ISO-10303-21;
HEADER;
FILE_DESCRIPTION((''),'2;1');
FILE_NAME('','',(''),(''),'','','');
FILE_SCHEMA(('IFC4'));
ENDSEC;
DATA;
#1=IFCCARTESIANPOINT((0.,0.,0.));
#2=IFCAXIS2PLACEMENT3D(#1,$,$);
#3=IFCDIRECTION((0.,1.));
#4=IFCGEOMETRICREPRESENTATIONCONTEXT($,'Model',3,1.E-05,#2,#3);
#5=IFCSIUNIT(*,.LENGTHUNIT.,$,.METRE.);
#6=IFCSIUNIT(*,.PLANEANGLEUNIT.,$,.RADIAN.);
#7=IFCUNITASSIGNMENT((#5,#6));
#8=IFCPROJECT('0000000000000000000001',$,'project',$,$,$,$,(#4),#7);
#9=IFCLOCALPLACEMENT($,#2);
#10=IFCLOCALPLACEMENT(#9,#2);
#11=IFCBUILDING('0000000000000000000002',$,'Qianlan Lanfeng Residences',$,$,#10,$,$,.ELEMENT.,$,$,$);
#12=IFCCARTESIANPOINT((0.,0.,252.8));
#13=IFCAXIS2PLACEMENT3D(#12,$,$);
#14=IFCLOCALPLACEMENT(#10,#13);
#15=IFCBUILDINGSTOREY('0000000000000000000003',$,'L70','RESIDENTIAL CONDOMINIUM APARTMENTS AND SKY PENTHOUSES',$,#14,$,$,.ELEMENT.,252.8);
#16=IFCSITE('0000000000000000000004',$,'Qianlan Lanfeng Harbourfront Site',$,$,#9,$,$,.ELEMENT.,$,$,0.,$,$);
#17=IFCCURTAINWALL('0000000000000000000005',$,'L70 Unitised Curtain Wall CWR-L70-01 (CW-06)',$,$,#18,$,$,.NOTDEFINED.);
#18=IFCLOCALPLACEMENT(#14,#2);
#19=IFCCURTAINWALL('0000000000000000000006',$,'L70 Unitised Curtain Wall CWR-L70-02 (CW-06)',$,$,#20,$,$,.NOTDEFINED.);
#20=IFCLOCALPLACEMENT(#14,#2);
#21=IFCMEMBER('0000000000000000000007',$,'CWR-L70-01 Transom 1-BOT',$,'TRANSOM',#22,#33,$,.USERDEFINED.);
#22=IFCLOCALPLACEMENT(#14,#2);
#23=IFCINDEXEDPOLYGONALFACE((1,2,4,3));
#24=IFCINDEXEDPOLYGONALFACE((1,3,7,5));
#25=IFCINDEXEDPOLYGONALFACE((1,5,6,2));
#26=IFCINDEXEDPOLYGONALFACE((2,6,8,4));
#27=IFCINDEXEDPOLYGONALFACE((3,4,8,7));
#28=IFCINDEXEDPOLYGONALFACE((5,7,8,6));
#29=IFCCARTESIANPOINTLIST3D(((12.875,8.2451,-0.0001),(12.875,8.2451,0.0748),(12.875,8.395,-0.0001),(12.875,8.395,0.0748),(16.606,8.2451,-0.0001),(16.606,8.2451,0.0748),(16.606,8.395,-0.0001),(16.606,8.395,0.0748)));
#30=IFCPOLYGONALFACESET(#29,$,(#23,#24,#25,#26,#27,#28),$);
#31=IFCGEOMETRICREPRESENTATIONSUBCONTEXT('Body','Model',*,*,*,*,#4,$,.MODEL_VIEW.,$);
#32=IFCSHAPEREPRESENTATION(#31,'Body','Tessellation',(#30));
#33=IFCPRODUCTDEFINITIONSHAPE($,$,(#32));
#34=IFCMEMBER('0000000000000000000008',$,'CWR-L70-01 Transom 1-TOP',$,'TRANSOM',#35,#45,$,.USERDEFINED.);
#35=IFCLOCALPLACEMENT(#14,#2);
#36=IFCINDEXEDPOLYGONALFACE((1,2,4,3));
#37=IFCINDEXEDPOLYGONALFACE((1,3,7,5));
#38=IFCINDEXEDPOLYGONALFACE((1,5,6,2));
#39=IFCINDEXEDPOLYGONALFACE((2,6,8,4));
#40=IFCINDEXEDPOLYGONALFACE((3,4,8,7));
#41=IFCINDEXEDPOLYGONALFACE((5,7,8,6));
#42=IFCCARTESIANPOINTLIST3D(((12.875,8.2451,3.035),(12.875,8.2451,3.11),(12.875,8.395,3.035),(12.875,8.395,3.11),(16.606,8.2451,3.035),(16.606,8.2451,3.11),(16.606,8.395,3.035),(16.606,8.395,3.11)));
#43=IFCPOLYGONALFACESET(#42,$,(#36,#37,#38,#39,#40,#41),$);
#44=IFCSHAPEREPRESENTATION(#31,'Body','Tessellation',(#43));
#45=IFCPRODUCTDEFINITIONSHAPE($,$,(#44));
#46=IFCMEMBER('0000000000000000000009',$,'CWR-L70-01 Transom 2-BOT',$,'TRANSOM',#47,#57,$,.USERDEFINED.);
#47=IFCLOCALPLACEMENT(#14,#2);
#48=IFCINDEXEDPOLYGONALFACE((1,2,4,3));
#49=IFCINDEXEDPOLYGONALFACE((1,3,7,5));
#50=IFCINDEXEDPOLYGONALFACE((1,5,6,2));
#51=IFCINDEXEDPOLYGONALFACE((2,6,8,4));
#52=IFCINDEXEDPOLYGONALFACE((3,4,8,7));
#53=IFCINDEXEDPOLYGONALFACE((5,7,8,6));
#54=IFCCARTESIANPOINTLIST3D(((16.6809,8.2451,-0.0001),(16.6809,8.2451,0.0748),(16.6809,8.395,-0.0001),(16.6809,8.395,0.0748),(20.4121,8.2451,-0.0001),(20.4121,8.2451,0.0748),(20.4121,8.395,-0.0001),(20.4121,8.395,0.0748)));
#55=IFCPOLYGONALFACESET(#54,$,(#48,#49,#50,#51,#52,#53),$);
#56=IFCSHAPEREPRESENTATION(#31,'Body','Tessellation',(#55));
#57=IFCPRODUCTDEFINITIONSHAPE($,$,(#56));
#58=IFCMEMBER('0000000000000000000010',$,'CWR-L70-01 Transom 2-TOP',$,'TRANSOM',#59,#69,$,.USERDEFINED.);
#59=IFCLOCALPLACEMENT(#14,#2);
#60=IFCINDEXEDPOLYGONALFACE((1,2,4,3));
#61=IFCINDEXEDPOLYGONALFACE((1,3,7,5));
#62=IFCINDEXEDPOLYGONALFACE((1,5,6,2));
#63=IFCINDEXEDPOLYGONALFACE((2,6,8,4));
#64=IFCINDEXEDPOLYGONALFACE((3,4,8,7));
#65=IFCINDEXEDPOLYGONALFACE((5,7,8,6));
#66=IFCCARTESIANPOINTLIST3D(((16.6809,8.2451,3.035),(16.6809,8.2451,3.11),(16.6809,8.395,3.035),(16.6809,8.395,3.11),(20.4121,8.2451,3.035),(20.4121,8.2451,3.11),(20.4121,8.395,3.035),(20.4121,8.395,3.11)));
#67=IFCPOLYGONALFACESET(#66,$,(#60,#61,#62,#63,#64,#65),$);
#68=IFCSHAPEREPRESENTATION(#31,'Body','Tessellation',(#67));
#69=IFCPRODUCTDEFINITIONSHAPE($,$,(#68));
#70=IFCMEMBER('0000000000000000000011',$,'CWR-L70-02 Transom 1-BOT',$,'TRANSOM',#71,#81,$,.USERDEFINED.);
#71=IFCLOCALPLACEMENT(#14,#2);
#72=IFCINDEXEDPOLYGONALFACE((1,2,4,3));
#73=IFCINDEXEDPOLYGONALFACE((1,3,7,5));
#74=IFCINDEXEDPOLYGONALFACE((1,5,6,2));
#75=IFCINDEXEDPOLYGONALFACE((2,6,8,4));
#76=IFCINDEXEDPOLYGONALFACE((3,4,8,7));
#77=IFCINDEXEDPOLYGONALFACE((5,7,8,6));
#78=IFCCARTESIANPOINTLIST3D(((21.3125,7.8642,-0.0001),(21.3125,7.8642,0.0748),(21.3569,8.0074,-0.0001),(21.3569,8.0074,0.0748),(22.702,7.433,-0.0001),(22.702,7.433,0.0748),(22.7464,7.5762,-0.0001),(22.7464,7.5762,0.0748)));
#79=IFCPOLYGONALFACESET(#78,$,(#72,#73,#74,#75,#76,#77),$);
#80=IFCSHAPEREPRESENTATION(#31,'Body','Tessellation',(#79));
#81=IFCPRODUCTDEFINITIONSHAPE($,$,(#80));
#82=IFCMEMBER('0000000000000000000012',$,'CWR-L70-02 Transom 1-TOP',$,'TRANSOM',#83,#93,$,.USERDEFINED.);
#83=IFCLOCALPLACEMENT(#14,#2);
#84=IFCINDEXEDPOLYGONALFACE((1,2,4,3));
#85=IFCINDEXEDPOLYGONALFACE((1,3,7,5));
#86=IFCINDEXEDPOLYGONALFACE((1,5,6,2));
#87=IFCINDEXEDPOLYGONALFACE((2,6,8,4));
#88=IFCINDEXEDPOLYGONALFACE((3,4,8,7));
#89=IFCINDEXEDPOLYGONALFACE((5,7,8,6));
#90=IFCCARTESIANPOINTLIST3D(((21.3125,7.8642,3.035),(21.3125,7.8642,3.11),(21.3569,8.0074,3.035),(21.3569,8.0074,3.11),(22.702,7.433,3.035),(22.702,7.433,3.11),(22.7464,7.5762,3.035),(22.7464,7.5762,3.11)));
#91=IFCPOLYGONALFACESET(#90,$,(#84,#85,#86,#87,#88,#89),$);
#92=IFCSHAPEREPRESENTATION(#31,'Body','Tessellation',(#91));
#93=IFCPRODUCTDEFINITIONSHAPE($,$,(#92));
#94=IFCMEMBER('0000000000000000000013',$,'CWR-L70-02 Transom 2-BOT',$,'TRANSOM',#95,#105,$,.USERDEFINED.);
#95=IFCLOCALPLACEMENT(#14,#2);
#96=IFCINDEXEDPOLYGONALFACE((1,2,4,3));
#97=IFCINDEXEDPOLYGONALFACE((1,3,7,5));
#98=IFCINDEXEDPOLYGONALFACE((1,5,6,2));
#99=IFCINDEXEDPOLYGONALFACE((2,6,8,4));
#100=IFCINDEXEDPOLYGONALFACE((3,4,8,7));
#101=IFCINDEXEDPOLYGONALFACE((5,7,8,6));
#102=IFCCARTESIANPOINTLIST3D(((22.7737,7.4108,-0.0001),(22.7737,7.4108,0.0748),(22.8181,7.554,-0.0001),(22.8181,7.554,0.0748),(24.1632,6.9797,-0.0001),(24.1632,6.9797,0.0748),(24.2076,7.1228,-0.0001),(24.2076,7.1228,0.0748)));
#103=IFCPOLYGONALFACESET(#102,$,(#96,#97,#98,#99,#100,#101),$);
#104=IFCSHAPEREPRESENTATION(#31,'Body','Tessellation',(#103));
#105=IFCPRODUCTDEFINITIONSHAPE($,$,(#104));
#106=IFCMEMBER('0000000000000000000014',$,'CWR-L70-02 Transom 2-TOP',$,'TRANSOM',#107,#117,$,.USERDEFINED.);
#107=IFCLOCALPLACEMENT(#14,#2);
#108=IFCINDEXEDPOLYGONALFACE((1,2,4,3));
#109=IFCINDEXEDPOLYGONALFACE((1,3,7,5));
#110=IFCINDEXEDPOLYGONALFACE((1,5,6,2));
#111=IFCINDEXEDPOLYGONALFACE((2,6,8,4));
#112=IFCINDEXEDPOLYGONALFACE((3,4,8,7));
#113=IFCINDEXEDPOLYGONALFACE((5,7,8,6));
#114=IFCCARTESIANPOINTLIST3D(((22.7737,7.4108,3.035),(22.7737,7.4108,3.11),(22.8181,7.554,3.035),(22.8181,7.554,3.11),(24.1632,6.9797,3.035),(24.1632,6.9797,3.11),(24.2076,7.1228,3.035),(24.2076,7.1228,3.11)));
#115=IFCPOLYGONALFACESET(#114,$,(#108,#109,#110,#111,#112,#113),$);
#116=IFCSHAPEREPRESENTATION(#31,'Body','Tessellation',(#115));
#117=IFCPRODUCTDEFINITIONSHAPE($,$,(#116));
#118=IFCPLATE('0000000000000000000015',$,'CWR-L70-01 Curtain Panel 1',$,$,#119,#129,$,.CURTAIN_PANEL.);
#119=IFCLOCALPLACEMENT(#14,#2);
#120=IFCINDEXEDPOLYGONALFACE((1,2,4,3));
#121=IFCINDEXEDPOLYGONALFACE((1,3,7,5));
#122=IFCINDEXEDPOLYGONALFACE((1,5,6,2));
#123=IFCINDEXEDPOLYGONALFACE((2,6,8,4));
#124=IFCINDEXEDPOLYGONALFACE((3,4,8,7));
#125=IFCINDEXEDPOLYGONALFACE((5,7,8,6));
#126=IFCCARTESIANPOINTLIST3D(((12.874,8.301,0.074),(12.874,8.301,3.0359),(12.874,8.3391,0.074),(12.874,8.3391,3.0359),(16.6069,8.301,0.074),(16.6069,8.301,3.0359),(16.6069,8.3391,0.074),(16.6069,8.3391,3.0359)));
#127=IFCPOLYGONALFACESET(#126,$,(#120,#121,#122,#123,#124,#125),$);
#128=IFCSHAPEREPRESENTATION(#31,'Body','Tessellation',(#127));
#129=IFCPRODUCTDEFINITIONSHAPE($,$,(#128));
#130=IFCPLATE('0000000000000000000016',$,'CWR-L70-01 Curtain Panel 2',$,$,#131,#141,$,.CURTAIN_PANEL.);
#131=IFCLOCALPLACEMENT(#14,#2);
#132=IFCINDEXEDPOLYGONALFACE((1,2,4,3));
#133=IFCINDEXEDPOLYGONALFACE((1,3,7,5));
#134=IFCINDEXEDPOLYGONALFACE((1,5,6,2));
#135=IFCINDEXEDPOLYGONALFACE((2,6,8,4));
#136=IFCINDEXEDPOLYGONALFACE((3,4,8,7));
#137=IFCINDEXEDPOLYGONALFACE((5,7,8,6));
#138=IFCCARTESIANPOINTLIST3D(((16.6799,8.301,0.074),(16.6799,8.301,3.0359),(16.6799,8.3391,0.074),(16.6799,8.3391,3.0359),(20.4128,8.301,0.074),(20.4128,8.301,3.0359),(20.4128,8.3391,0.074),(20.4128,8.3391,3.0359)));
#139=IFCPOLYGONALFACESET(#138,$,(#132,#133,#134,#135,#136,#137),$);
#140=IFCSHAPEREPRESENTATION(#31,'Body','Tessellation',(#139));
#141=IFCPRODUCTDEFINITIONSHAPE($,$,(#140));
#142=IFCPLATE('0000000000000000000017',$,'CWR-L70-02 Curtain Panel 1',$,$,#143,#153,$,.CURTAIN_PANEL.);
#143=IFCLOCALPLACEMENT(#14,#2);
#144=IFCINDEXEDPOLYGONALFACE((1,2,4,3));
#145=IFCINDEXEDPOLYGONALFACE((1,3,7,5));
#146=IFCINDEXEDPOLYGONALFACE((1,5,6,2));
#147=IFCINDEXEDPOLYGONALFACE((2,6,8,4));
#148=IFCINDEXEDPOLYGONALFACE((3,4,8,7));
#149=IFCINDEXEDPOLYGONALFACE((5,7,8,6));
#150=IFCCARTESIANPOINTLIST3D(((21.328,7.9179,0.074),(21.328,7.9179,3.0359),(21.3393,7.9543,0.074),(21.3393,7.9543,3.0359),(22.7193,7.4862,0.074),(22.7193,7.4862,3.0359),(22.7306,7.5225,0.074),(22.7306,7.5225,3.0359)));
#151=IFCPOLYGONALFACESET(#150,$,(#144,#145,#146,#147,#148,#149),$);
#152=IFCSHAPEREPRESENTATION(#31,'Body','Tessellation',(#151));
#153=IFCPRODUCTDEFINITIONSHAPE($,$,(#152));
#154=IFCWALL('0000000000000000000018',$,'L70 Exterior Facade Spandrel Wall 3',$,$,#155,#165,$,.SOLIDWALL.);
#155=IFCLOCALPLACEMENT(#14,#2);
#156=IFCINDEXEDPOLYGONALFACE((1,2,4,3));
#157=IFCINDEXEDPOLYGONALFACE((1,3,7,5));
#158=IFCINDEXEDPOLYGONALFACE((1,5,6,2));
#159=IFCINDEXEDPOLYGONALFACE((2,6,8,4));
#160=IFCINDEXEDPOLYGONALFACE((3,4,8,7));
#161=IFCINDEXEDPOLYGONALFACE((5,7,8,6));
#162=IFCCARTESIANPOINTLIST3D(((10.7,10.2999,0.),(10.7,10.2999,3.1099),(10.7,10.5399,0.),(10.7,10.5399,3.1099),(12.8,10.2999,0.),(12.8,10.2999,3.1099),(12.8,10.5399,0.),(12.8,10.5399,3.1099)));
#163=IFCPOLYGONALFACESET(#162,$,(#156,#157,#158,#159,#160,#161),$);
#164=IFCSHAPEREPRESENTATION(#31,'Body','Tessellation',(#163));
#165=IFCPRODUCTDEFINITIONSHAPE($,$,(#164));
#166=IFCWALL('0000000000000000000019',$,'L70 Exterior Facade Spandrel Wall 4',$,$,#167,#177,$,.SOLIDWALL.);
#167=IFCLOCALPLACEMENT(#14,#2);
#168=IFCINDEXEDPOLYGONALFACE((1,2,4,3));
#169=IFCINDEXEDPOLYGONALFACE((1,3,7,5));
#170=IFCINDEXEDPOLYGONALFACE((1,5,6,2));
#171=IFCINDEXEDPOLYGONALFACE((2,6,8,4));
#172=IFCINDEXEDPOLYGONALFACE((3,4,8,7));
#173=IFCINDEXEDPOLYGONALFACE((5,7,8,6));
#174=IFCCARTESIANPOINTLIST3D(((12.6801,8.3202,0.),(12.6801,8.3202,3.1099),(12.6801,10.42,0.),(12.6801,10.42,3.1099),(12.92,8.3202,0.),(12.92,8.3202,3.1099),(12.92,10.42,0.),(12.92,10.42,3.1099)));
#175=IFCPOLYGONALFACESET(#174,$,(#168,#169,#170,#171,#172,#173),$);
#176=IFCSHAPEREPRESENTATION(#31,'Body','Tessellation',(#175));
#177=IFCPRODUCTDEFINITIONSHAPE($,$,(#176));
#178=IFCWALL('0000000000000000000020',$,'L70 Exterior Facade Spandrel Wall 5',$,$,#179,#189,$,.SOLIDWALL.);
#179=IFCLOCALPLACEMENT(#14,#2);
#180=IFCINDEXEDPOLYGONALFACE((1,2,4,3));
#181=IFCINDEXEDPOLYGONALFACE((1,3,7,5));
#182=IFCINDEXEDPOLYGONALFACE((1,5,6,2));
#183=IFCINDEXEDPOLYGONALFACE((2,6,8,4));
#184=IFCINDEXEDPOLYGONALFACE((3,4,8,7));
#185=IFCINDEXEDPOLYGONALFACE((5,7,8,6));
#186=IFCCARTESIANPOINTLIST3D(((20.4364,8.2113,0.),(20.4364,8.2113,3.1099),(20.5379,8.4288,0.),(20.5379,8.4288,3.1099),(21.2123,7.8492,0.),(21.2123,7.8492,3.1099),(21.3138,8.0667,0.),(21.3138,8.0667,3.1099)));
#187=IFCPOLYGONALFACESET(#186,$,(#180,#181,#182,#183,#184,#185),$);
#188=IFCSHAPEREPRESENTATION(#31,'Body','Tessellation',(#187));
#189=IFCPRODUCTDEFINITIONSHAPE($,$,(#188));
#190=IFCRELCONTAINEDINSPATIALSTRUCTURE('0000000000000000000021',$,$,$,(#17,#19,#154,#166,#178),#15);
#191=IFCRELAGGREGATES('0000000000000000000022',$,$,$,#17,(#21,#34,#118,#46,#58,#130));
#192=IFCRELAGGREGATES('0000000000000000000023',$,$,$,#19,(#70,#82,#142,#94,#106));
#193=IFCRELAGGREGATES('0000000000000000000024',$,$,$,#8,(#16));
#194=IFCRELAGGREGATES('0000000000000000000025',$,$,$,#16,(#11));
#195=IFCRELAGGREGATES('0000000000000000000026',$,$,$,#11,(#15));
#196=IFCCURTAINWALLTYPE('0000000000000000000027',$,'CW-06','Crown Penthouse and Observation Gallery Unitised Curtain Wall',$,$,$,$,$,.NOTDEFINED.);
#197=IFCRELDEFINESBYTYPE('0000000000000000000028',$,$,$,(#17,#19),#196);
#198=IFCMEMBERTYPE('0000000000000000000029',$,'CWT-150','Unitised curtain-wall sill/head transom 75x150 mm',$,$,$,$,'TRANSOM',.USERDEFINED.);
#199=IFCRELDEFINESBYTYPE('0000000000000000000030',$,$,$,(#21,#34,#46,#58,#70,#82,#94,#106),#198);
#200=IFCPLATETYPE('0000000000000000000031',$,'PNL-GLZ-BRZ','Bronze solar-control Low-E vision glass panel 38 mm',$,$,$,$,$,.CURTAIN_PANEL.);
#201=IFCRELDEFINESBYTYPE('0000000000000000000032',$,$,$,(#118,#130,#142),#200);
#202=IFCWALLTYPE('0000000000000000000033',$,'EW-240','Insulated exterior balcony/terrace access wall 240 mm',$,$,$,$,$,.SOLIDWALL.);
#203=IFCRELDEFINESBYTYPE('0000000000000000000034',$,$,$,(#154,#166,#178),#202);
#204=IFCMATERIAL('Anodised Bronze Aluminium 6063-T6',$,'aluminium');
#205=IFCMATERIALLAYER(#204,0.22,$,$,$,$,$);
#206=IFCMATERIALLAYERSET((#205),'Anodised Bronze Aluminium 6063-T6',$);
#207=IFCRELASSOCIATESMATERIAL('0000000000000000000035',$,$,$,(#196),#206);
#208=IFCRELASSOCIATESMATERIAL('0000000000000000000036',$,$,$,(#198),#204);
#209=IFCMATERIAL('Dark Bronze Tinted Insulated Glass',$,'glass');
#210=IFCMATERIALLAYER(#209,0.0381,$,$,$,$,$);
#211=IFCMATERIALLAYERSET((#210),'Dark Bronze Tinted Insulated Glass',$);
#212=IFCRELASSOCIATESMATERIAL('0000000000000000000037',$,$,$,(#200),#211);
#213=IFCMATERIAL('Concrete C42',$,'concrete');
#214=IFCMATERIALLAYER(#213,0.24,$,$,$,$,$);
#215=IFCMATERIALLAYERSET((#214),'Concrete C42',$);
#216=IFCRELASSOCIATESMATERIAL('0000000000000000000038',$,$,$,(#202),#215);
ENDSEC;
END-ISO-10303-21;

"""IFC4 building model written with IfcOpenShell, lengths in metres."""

from ifc_helpers import new_model, si_unit, direction, frame, frame_2d, origin, origin_2d, place, context, subcontext, project, spatial, rectangle, extrude, source, transform, mapped, material, layer, layer_set, material_profile, profile_set, type_object, element, aggregate, save


model = new_model("IFC4")

# Units and contexts
model_context = context("Model", 3, precision=1e-05, world=origin(), true_north=direction((0.0, 1.0)))
body_context = subcontext(model_context, "Body", "Model", "MODEL_VIEW")
ifc_project = project(units=[si_unit("LENGTHUNIT", "METRE"), si_unit("PLANEANGLEUNIT", "RADIAN")], contexts=[model_context])

# Site, building, storey
site_placement = place(None, origin())
site = spatial("IfcSite", under=ifc_project, at=site_placement, Name="Qianlan Lanfeng Harbourfront Site", CompositionType="ELEMENT", RefElevation=0.0)
building_placement = place(site_placement, origin())
building = spatial("IfcBuilding", under=site, at=building_placement, Name="Qianlan Lanfeng Residences", CompositionType="ELEMENT")
storey_placement = place(building_placement, frame((0.0, 0.0, 252.8)))
storey = spatial("IfcBuildingStorey", under=building, at=storey_placement, Name="L70", Description="RESIDENTIAL CONDOMINIUM APARTMENTS AND SKY PENTHOUSES", CompositionType="ELEMENT", Elevation=252.8)

# Curtain walls
ifc_material_1 = material(Name="Anodised Bronze Aluminium 6063-T6", Category="aluminium")
ifc_layer_1 = layer(ifc_material_1, 0.22)
ifc_layer_set_1 = layer_set([ifc_layer_1], Name="Anodised Bronze Aluminium 6063-T6")
curtain_wall_type = type_object("IfcCurtainWallType", Name="CW-06", Description="Crown Penthouse and Observation Gallery Unitised Curtain Wall", PredefinedType="NOTDEFINED", material=ifc_layer_set_1)
curtain_wall_1_placement = place(storey_placement, origin())
curtain_wall_1 = element("IfcCurtainWall", 1, at=curtain_wall_1_placement, inside=storey, type_object=curtain_wall_type, Name="L70 Unitised Curtain Wall CWR-L70-01 (CW-06)", PredefinedType="NOTDEFINED")
curtain_wall_2_placement = place(storey_placement, origin())
curtain_wall_2 = element("IfcCurtainWall", 2, at=curtain_wall_2_placement, inside=storey, type_object=curtain_wall_type, Name="L70 Unitised Curtain Wall CWR-L70-02 (CW-06)", PredefinedType="NOTDEFINED")

# Members
ifc_material_profile_1 = material_profile(ifc_material_1, rectangle(XDim=0.075, YDim=0.1499, at=origin_2d()), Name="ALU TRANSOM 75x150")
ifc_profile_set_1 = profile_set([ifc_material_profile_1], Name="Anodised Bronze Aluminium 6063-T6")
member_type_1 = type_object("IfcMemberType", Name="CWT-150", Description="Unitised curtain-wall sill/head transom 75x150 mm", ElementType="TRANSOM", PredefinedType="USERDEFINED", material=ifc_profile_set_1)
shared_shape_1 = source(origin(), body_context, "Body", "SweptSolid", [
    extrude(rectangle(XDim=0.075, YDim=0.1499, at=origin_2d()), origin(), (0.0, 0.0, 1.0), 3.731),
])
member_1_placement = place(storey_placement, frame((12.875, 8.3201, 0.0374), z_axis=(1.0, 0.0, 0.0), x_axis=(0.0, 0.0, 1.0)))
member_1 = element("IfcMember", 3, at=member_1_placement, type_object=member_type_1, Name="CWR-L70-01 Transom 1-BOT", ObjectType="TRANSOM", PredefinedType="USERDEFINED", context=body_context, shape_type="MappedRepresentation", body=[
    mapped(shared_shape_1, transform((0.0, 0.0, 0.0), scale=1.0)),
])
member_2_placement = place(storey_placement, frame((12.875, 8.3201, 3.0725), z_axis=(1.0, 0.0, 0.0), x_axis=(0.0, 0.0, 1.0)))
member_2 = element("IfcMember", 4, at=member_2_placement, type_object=member_type_1, Name="CWR-L70-01 Transom 1-TOP", ObjectType="TRANSOM", PredefinedType="USERDEFINED", context=body_context, shape_type="MappedRepresentation", body=[
    mapped(shared_shape_1, transform((0.0, 0.0, 0.0), scale=1.0)),
])
shared_shape_2 = source(origin(), body_context, "Body", "SweptSolid", [
    extrude(rectangle(XDim=0.075, YDim=0.1499, at=origin_2d()), origin(), (0.0, 0.0, 1.0), 3.7312),
])
member_3_placement = place(storey_placement, frame((16.6809, 8.3201, 0.0374), z_axis=(1.0, 0.0, 0.0), x_axis=(0.0, 0.0, 1.0)))
member_3 = element("IfcMember", 5, at=member_3_placement, type_object=member_type_1, Name="CWR-L70-01 Transom 2-BOT", ObjectType="TRANSOM", PredefinedType="USERDEFINED", context=body_context, shape_type="MappedRepresentation", body=[
    mapped(shared_shape_2, transform((0.0, 0.0, 0.0), scale=1.0)),
])
member_4_placement = place(storey_placement, frame((16.6809, 8.3201, 3.0725), z_axis=(1.0, 0.0, 0.0), x_axis=(0.0, 0.0, 1.0)))
member_4 = element("IfcMember", 6, at=member_4_placement, type_object=member_type_1, Name="CWR-L70-01 Transom 2-TOP", ObjectType="TRANSOM", PredefinedType="USERDEFINED", context=body_context, shape_type="MappedRepresentation", body=[
    mapped(shared_shape_2, transform((0.0, 0.0, 0.0), scale=1.0)),
])
shared_shape_3 = source(origin(), body_context, "Body", "SweptSolid", [
    extrude(rectangle(XDim=0.075, YDim=0.1499, at=origin_2d()), origin(), (0.0, 0.0, 1.0), 1.4548),
])
member_5_placement = place(storey_placement, frame((21.3347, 7.9358, 0.0374), z_axis=(0.955072, -0.296373, 0.0), x_axis=(0.0, 0.0, 1.0)))
member_5 = element("IfcMember", 7, at=member_5_placement, type_object=member_type_1, Name="CWR-L70-02 Transom 1-BOT", ObjectType="TRANSOM", PredefinedType="USERDEFINED", context=body_context, shape_type="MappedRepresentation", body=[
    mapped(shared_shape_3, transform((0.0, 0.0, 0.0), scale=1.0)),
])
member_6_placement = place(storey_placement, frame((21.3347, 7.9358, 3.0725), z_axis=(0.955072, -0.296373, 0.0), x_axis=(0.0, 0.0, 1.0)))
member_6 = element("IfcMember", 8, at=member_6_placement, type_object=member_type_1, Name="CWR-L70-02 Transom 1-TOP", ObjectType="TRANSOM", PredefinedType="USERDEFINED", context=body_context, shape_type="MappedRepresentation", body=[
    mapped(shared_shape_3, transform((0.0, 0.0, 0.0), scale=1.0)),
])
member_7_placement = place(storey_placement, frame((22.7959, 7.4824, 0.0374), z_axis=(0.955072, -0.296373, 0.0), x_axis=(0.0, 0.0, 1.0)))
member_7 = element("IfcMember", 9, at=member_7_placement, type_object=member_type_1, Name="CWR-L70-02 Transom 2-BOT", ObjectType="TRANSOM", PredefinedType="USERDEFINED", context=body_context, shape_type="MappedRepresentation", body=[
    mapped(shared_shape_3, transform((0.0, 0.0, 0.0), scale=1.0)),
])
member_8_placement = place(storey_placement, frame((22.7959, 7.4824, 3.0725), z_axis=(0.955072, -0.296373, 0.0), x_axis=(0.0, 0.0, 1.0)))
member_8 = element("IfcMember", 10, at=member_8_placement, type_object=member_type_1, Name="CWR-L70-02 Transom 2-TOP", ObjectType="TRANSOM", PredefinedType="USERDEFINED", context=body_context, shape_type="MappedRepresentation", body=[
    mapped(shared_shape_3, transform((0.0, 0.0, 0.0), scale=1.0)),
])

# Plates
ifc_material_2 = material(Name="Dark Bronze Tinted Insulated Glass", Category="glass")
ifc_layer_2 = layer(ifc_material_2, 0.0381)
ifc_layer_set_2 = layer_set([ifc_layer_2], Name="Dark Bronze Tinted Insulated Glass")
plate_type = type_object("IfcPlateType", Name="PNL-GLZ-BRZ", Description="Bronze solar-control Low-E vision glass panel 38 mm", PredefinedType="CURTAIN_PANEL", material=ifc_layer_set_2)
shared_shape_4 = source(origin(), body_context, "Body", "SweptSolid", [
    extrude(rectangle(XDim=3.7329, YDim=0.0381, at=origin_2d()), origin(), (0.0, 0.0, 1.0), 2.9619),
])
plate_1_placement = place(storey_placement, frame((14.7405, 8.3201, 0.074), z_axis=(0.0, 0.0, 1.0), x_axis=(1.0, 0.0, 0.0)))
plate_1 = element("IfcPlate", 11, at=plate_1_placement, type_object=plate_type, Name="CWR-L70-01 Curtain Panel 1", PredefinedType="CURTAIN_PANEL", context=body_context, shape_type="MappedRepresentation", body=[
    mapped(shared_shape_4, transform((0.0, 0.0, 0.0), scale=1.0)),
])
plate_2_placement = place(storey_placement, frame((18.5464, 8.3201, 0.074), z_axis=(0.0, 0.0, 1.0), x_axis=(1.0, 0.0, 0.0)))
plate_2 = element("IfcPlate", 12, at=plate_2_placement, type_object=plate_type, Name="CWR-L70-01 Curtain Panel 2", PredefinedType="CURTAIN_PANEL", context=body_context, shape_type="MappedRepresentation", body=[
    mapped(shared_shape_4, transform((0.0, 0.0, 0.0), scale=1.0)),
])
aggregate(curtain_wall_1, [member_1, member_2, plate_1, member_3, member_4, plate_2])
shared_shape_5 = source(origin(), body_context, "Body", "SweptSolid", [
    extrude(rectangle(XDim=1.4568, YDim=0.0381, at=origin_2d()), origin(), (0.0, 0.0, 1.0), 2.9619),
])
plate_3_placement = place(storey_placement, frame((22.0293, 7.7202, 0.074), z_axis=(0.0, 0.0, 1.0), x_axis=(0.95508, -0.296348, 0.0)))
plate_3 = element("IfcPlate", 13, at=plate_3_placement, type_object=plate_type, Name="CWR-L70-02 Curtain Panel 1", PredefinedType="CURTAIN_PANEL", context=body_context, shape_type="MappedRepresentation", body=[
    mapped(shared_shape_5, transform((0.0, 0.0, 0.0), scale=1.0)),
])
aggregate(curtain_wall_2, [member_5, member_6, plate_3, member_7, member_8])

# Walls
ifc_material_3 = material(Name="Concrete C42", Category="concrete")
ifc_layer_3 = layer(ifc_material_3, 0.24)
ifc_layer_set_3 = layer_set([ifc_layer_3], Name="Concrete C42")
wall_type_1 = type_object("IfcWallType", Name="EW-240", Description="Insulated exterior balcony/terrace access wall 240 mm", PredefinedType="SOLIDWALL", material=ifc_layer_set_3)
wall_1_placement = place(storey_placement, frame((10.7, 10.4199, 0.0), z_axis=(0.0, 0.0, 1.0), x_axis=(1.0, 0.0, 0.0)))
element("IfcWall", 14, at=wall_1_placement, inside=storey, type_object=wall_type_1, Name="L70 Exterior Facade Spandrel Wall 3", PredefinedType="SOLIDWALL", context=body_context, shape_type="SweptSolid", body=[
    extrude(rectangle(XDim=2.1001, YDim=0.24, at=frame_2d((1.05, 0.0))), origin(), (0.0, 0.0, 1.0), 3.1099),
])
wall_2_placement = place(storey_placement, frame((12.8, 10.4199, 0.0), z_axis=(0.0, 0.0, 1.0), x_axis=(0.0, -1.0, 0.0)))
element("IfcWall", 15, at=wall_2_placement, inside=storey, type_object=wall_type_1, Name="L70 Exterior Facade Spandrel Wall 4", PredefinedType="SOLIDWALL", context=body_context, shape_type="SweptSolid", body=[
    extrude(rectangle(XDim=2.0999, YDim=0.24, at=frame_2d((1.0498, 0.0))), origin(), (0.0, 0.0, 1.0), 3.1099),
])
wall_3_placement = place(storey_placement, frame((20.4871, 8.3201, 0.0), z_axis=(0.0, 0.0, 1.0), x_axis=(0.90619, -0.42287, 0.0)))
element("IfcWall", 16, at=wall_3_placement, inside=storey, type_object=wall_type_1, Name="L70 Exterior Facade Spandrel Wall 5", PredefinedType="SOLIDWALL", context=body_context, shape_type="SweptSolid", body=[
    extrude(rectangle(XDim=0.8562, YDim=0.24, at=frame_2d((0.4282, 0.0))), origin(), (0.0, 0.0, 1.0), 3.1099),
])

save(model, "model.ifc")
